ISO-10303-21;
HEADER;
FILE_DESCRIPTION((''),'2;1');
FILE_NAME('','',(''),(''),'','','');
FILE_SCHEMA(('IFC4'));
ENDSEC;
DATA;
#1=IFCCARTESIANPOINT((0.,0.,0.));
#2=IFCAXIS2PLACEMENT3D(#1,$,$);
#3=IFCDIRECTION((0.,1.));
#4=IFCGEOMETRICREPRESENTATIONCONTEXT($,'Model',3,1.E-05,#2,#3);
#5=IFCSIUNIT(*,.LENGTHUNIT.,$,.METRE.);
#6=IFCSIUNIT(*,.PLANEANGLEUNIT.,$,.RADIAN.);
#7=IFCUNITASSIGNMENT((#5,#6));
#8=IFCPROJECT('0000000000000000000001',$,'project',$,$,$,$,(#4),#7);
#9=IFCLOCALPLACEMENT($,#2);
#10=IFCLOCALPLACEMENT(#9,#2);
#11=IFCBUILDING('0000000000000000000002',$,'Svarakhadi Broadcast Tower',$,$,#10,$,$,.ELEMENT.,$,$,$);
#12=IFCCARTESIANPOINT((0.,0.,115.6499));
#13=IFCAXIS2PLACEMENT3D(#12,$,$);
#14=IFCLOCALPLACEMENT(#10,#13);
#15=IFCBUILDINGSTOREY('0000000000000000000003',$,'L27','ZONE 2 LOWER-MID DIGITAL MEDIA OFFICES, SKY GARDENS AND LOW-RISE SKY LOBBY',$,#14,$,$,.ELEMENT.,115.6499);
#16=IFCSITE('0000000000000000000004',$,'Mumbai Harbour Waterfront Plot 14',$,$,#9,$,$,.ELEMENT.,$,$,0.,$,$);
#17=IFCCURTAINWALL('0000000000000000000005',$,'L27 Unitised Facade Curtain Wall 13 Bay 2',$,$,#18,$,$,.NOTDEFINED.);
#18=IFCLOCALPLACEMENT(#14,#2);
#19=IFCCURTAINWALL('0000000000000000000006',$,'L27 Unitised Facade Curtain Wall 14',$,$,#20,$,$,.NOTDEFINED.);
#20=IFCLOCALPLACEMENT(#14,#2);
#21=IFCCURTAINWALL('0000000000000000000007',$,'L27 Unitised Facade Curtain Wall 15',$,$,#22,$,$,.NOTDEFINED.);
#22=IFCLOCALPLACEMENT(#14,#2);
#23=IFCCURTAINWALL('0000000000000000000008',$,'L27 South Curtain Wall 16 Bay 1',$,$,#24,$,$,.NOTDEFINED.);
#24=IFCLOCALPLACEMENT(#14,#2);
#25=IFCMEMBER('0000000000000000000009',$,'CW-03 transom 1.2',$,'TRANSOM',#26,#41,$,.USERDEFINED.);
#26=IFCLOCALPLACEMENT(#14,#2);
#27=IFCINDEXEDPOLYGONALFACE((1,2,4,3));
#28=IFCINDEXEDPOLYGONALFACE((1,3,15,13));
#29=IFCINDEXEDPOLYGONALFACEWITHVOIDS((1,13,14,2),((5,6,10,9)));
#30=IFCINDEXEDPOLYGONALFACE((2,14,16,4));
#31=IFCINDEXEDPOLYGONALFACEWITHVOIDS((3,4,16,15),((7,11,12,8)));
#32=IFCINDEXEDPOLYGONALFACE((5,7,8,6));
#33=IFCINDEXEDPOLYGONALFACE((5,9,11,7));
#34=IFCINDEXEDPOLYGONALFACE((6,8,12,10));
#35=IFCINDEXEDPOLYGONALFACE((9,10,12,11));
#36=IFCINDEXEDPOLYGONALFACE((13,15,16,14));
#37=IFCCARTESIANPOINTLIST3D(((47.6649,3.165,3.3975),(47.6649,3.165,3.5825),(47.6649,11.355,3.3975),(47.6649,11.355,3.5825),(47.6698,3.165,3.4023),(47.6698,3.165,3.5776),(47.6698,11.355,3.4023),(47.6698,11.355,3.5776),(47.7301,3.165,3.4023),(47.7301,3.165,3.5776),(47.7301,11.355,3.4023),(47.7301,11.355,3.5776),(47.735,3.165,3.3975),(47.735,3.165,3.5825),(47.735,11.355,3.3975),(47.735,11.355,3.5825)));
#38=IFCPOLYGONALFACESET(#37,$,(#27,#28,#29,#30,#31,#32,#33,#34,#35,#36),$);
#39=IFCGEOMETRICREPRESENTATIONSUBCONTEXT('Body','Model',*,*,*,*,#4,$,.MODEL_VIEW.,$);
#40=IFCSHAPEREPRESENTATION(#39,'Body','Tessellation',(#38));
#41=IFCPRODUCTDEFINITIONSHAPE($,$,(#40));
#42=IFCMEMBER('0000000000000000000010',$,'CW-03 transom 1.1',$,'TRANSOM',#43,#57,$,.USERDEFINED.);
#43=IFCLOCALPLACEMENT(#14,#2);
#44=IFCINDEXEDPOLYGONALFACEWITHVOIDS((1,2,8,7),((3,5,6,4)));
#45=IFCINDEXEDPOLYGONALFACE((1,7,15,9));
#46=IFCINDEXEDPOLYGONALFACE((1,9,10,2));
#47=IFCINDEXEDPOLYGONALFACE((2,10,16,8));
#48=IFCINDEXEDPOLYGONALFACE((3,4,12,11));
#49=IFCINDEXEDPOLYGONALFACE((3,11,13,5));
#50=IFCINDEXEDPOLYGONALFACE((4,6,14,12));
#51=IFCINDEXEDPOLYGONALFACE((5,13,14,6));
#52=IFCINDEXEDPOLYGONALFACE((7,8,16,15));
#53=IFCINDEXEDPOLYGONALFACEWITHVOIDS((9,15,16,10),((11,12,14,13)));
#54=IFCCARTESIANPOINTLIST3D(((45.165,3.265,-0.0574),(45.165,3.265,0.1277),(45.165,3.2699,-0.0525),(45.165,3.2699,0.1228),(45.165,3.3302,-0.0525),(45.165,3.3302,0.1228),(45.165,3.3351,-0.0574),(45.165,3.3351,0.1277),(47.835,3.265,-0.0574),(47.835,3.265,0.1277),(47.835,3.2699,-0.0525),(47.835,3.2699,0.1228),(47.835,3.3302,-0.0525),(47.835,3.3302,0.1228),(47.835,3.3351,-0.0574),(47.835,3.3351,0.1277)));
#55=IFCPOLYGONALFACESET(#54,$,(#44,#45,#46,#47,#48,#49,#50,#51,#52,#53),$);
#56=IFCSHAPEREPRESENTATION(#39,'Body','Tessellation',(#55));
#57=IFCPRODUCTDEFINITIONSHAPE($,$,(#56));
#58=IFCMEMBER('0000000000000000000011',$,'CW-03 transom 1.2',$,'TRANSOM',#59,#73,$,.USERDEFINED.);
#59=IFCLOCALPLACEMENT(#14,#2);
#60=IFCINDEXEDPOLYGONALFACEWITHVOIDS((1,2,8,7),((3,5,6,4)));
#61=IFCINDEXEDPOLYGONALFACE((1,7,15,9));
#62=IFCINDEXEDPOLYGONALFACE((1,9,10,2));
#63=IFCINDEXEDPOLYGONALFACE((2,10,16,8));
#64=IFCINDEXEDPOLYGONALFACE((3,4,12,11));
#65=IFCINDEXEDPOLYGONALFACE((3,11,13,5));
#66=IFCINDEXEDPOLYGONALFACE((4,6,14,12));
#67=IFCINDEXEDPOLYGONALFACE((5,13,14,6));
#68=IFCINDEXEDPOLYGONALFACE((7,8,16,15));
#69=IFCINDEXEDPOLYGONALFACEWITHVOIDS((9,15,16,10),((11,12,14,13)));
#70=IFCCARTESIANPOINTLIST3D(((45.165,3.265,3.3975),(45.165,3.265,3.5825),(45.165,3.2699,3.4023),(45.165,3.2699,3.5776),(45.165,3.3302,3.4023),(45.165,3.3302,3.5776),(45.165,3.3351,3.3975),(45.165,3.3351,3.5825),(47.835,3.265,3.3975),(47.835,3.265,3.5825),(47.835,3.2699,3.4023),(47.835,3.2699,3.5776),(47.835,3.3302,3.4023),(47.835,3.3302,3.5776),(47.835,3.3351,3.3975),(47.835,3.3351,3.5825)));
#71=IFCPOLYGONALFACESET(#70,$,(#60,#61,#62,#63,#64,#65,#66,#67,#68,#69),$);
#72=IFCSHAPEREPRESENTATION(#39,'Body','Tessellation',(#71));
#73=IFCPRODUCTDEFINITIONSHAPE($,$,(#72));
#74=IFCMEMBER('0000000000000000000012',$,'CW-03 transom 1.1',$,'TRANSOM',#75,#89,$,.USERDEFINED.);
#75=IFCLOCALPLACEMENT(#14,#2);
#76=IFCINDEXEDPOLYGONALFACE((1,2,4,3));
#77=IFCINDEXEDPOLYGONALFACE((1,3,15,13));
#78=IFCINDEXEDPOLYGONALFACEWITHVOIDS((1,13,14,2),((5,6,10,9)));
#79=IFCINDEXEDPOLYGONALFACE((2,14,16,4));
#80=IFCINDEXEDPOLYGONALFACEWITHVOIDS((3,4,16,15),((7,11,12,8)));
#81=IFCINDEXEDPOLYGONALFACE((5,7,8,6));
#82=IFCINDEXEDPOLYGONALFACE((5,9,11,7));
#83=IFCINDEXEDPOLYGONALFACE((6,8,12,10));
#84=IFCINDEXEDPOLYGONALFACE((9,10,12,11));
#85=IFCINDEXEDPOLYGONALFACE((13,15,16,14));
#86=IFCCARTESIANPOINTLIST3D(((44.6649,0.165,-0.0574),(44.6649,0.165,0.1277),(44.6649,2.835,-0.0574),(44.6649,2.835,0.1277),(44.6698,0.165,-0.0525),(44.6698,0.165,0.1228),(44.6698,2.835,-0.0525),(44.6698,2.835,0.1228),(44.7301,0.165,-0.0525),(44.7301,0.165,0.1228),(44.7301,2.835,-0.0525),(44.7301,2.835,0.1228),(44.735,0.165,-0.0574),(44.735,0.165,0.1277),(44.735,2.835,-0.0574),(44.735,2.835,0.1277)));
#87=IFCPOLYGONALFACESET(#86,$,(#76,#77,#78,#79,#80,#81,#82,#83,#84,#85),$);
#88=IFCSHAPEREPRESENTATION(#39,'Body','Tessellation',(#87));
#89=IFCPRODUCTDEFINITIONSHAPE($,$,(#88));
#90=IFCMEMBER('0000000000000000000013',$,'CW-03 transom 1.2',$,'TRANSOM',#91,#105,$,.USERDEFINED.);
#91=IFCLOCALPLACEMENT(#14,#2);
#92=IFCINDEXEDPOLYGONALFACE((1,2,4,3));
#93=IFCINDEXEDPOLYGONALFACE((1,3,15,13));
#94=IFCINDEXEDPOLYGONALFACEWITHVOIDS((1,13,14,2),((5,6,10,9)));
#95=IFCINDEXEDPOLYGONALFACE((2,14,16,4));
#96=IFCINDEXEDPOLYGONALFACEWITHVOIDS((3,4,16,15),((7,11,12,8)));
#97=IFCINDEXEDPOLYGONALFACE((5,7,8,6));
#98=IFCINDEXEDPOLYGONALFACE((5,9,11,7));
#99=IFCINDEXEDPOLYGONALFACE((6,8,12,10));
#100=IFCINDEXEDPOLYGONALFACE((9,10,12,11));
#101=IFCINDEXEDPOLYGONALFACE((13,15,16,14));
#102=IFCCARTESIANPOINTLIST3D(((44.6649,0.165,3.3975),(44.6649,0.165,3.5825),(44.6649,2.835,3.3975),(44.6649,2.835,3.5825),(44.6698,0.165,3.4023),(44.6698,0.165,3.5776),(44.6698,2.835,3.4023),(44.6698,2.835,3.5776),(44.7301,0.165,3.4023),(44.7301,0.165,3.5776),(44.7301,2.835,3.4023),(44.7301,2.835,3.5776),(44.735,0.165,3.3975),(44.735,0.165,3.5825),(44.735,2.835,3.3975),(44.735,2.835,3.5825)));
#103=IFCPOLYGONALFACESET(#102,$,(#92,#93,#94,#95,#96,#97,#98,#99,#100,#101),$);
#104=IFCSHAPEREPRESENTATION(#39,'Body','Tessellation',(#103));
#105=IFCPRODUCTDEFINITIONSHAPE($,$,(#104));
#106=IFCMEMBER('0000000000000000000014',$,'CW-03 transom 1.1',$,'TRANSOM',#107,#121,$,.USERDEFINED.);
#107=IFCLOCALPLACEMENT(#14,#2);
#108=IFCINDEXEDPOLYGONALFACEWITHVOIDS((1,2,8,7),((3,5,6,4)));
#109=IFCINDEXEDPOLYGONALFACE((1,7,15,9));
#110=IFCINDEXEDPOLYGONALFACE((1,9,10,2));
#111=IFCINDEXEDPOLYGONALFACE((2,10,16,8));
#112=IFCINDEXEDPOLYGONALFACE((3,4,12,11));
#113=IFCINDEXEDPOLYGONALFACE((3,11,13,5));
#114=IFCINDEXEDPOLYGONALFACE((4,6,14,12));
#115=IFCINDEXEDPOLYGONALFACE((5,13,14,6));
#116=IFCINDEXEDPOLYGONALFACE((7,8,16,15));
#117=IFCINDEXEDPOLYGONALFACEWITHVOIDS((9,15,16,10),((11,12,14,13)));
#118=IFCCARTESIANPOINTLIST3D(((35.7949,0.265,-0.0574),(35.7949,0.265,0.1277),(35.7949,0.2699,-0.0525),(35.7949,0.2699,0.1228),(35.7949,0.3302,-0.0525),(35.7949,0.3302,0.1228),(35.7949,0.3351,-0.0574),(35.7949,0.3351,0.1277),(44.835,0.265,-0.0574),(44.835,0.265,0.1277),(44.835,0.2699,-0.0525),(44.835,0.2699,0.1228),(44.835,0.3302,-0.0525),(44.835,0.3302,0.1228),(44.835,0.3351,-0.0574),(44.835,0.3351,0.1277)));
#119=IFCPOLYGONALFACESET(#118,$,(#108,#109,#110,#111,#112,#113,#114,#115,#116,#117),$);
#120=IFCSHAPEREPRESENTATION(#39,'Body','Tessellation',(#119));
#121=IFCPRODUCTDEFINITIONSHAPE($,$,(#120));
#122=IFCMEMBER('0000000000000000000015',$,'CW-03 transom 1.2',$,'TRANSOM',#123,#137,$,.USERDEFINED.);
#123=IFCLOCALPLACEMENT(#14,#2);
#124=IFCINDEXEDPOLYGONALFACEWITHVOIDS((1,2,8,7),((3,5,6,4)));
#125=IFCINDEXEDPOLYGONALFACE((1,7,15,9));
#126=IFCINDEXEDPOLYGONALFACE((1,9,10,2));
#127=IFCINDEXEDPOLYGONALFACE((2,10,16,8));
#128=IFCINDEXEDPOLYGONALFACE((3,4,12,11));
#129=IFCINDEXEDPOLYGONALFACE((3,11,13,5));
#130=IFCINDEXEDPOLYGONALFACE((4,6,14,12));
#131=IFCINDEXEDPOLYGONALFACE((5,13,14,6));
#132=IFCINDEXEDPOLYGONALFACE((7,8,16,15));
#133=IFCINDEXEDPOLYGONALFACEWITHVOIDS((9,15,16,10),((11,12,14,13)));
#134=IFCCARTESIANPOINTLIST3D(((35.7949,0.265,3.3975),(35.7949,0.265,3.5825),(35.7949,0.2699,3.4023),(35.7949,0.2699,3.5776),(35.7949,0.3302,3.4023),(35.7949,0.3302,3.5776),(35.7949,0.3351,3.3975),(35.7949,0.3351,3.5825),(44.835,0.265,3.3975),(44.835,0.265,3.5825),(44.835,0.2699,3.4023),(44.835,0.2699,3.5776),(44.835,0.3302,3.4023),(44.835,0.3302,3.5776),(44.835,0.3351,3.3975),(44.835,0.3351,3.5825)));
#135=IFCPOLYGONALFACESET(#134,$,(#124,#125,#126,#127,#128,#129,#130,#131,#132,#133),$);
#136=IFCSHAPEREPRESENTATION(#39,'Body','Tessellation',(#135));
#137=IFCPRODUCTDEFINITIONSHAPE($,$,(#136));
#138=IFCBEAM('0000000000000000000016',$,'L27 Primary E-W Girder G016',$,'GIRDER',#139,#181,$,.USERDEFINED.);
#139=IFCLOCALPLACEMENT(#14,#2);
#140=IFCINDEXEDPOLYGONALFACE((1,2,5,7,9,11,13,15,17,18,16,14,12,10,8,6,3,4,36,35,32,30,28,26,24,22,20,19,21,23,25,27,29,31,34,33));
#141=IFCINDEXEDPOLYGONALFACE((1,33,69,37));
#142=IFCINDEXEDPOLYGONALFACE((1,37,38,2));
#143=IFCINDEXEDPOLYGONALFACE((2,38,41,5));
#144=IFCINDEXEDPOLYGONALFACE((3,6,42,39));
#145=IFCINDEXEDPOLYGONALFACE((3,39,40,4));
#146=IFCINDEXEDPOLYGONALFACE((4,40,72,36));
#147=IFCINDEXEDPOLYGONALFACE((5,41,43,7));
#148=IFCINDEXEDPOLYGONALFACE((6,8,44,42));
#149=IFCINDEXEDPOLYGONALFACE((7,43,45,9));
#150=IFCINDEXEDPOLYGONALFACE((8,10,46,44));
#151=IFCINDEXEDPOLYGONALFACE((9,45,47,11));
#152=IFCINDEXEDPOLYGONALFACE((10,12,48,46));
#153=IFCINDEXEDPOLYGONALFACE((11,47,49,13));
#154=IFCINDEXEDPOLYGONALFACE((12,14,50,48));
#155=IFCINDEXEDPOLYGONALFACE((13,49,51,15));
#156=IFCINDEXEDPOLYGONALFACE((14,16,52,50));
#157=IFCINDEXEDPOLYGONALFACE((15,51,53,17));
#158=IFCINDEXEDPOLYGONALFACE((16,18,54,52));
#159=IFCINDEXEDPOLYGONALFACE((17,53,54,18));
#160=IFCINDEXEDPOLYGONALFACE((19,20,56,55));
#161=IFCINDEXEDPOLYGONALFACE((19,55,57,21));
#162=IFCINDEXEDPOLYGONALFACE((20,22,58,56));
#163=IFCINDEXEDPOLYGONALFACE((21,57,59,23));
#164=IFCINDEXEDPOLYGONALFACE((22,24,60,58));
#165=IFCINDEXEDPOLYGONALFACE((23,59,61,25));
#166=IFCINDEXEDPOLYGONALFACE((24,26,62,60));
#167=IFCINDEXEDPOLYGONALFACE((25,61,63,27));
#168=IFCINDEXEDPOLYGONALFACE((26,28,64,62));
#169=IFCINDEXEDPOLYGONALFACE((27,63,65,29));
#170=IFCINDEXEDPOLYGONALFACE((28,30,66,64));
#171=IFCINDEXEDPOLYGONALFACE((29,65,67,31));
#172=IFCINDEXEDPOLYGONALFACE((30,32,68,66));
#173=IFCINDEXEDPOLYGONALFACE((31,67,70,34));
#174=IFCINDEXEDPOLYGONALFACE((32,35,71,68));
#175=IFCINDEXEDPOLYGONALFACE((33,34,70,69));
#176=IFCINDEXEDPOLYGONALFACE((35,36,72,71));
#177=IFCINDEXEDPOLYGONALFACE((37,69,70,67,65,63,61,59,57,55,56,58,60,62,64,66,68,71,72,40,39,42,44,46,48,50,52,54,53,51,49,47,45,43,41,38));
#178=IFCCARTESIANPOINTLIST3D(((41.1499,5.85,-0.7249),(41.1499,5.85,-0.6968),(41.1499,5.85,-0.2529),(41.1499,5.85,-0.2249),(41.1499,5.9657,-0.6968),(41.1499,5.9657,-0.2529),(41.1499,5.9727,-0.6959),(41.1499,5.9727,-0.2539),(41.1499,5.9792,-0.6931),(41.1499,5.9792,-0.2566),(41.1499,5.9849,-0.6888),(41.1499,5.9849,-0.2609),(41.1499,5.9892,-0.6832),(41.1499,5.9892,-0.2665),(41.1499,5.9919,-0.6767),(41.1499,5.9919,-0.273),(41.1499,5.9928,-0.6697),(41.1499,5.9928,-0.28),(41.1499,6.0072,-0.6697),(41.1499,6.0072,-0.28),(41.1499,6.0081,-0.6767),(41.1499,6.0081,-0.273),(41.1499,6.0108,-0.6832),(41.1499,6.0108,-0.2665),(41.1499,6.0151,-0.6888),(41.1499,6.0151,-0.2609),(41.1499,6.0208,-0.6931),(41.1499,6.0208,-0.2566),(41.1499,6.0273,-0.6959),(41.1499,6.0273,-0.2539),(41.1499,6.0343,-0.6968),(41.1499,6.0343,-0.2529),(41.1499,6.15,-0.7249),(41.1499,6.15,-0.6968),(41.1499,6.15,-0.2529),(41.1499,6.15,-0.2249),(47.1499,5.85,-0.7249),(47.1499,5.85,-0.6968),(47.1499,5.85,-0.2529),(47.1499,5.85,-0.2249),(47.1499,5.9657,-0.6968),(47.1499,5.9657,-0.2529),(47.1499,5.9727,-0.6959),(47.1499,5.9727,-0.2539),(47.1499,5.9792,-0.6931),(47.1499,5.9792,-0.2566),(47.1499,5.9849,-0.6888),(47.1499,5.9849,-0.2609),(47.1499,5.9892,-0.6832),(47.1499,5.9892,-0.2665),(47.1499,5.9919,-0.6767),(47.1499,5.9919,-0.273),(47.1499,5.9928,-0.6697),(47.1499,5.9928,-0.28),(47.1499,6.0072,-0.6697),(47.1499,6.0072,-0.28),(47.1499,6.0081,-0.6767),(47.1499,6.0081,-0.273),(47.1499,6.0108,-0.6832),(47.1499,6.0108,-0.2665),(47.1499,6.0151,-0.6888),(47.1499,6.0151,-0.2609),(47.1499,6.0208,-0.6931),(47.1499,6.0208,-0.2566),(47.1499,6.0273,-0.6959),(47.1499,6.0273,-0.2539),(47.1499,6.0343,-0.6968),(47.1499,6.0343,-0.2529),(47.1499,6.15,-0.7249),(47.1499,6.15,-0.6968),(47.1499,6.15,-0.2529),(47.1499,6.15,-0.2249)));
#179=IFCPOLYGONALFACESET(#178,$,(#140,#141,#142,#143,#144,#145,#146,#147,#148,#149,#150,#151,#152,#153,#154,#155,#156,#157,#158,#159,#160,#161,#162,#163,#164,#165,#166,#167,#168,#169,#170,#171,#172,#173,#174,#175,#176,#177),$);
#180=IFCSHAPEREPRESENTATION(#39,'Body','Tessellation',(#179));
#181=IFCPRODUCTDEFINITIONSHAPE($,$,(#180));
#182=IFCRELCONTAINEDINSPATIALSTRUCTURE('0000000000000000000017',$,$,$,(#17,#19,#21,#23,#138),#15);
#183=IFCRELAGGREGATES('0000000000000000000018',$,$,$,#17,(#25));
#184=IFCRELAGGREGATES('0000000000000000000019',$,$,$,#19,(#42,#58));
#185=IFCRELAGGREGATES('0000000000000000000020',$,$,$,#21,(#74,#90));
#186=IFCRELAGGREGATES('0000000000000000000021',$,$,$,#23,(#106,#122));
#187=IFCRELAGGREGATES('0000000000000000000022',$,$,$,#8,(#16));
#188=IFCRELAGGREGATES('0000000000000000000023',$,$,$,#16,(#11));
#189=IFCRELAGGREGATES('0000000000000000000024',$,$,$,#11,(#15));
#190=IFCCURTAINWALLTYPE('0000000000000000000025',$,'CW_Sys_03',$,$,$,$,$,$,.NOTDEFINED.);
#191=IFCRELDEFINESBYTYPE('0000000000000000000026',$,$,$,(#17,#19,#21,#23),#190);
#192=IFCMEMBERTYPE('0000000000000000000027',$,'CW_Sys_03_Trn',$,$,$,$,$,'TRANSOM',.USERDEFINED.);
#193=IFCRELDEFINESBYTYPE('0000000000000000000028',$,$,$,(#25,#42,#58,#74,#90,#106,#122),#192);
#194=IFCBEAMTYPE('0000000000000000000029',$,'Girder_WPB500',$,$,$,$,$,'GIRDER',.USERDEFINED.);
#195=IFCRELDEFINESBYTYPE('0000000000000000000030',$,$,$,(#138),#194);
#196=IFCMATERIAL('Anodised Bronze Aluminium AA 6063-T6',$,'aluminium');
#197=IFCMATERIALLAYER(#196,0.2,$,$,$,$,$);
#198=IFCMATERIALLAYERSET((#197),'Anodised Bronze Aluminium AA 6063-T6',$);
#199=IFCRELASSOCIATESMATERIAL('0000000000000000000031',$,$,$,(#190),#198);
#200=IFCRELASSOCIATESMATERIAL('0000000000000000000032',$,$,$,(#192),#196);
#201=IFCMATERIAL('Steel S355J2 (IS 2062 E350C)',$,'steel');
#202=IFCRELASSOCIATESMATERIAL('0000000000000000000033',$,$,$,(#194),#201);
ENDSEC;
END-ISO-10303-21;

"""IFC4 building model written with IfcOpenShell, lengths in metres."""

from ifc_helpers import new_model, si_unit, direction, frame, origin, origin_2d, place, context, subcontext, project, spatial, hollow_rectangle, i_section, extrude, material, layer, layer_set, material_profile, profile_set, type_object, element, aggregate, save


model = new_model("IFC4")

# Units and contexts
model_context = context("Model", 3, precision=1e-05, world=origin(), true_north=direction((0.0, 1.0)))
body_context = subcontext(model_context, "Body", "Model", "MODEL_VIEW")
ifc_project = project(units=[si_unit("LENGTHUNIT", "METRE"), si_unit("PLANEANGLEUNIT", "RADIAN")], contexts=[model_context])

# Site, building, storey
site_placement = place(None, origin())
site = spatial("IfcSite", under=ifc_project, at=site_placement, Name="Mumbai Harbour Waterfront Plot 14", CompositionType="ELEMENT", RefElevation=0.0)
building_placement = place(site_placement, origin())
building = spatial("IfcBuilding", under=site, at=building_placement, Name="Svarakhadi Broadcast Tower", CompositionType="ELEMENT")
storey_placement = place(building_placement, frame((0.0, 0.0, 115.6499)))
storey = spatial("IfcBuildingStorey", under=building, at=storey_placement, Name="L27", Description="ZONE 2 LOWER-MID DIGITAL MEDIA OFFICES, SKY GARDENS AND LOW-RISE SKY LOBBY", CompositionType="ELEMENT", Elevation=115.6499)

# Shared definitions
ifc_material_1 = material(Name="Steel S355J2 (IS 2062 E350C)", Category="steel")

# Curtain walls
ifc_material_2 = material(Name="Anodised Bronze Aluminium AA 6063-T6", Category="aluminium")
ifc_layer_1 = layer(ifc_material_2, 0.2)
ifc_layer_set_1 = layer_set([ifc_layer_1], Name="Anodised Bronze Aluminium AA 6063-T6")
curtain_wall_type = type_object("IfcCurtainWallType", Name="CW_Sys_03", PredefinedType="NOTDEFINED", material=ifc_layer_set_1)
curtain_wall_1_placement = place(storey_placement, origin())
curtain_wall_1 = element("IfcCurtainWall", 1, at=curtain_wall_1_placement, inside=storey, type_object=curtain_wall_type, Name="L27 Unitised Facade Curtain Wall 13 Bay 2", PredefinedType="NOTDEFINED")
curtain_wall_2_placement = place(storey_placement, origin())
curtain_wall_2 = element("IfcCurtainWall", 2, at=curtain_wall_2_placement, inside=storey, type_object=curtain_wall_type, Name="L27 Unitised Facade Curtain Wall 14", PredefinedType="NOTDEFINED")
curtain_wall_3_placement = place(storey_placement, origin())
curtain_wall_3 = element("IfcCurtainWall", 3, at=curtain_wall_3_placement, inside=storey, type_object=curtain_wall_type, Name="L27 Unitised Facade Curtain Wall 15", PredefinedType="NOTDEFINED")

# Curtain wall
curtain_wall_4_placement = place(storey_placement, origin())
curtain_wall_4 = element("IfcCurtainWall", 4, at=curtain_wall_4_placement, inside=storey, type_object=curtain_wall_type, Name="L27 South Curtain Wall 16 Bay 1", PredefinedType="NOTDEFINED")

# Members
ifc_material_profile_1 = material_profile(ifc_material_2, hollow_rectangle(XDim=0.0701, YDim=0.1851, WallThickness=0.0049, at=origin_2d()), Name="ALU TRANSOM 185x70x5")
ifc_profile_set_1 = profile_set([ifc_material_profile_1], Name="Anodised Bronze Aluminium AA 6063-T6")
member_type_1 = type_object("IfcMemberType", Name="CW_Sys_03_Trn", ElementType="TRANSOM", PredefinedType="USERDEFINED", material=ifc_profile_set_1)
member_1_placement = place(storey_placement, frame((47.7, 11.355, 3.49), z_axis=(0.0, -1.0, 0.0), x_axis=(1.0, 0.0, 0.0)))
member_1 = element("IfcMember", 5, at=member_1_placement, type_object=member_type_1, Name="CW-03 transom 1.2", ObjectType="TRANSOM", PredefinedType="USERDEFINED", context=body_context, shape_type="SweptSolid", body=[
    extrude(hollow_rectangle(XDim=0.0701, YDim=0.1851, WallThickness=0.0049, at=origin_2d()), origin(), (0.0, 0.0, 1.0), 8.1899),
])
member_2_placement = place(storey_placement, frame((47.835, 3.3, 0.0352), z_axis=(-1.0, 0.0, 0.0), x_axis=(0.0, -1.0, 0.0)))
member_2 = element("IfcMember", 6, at=member_2_placement, type_object=member_type_1, Name="CW-03 transom 1.1", ObjectType="TRANSOM", PredefinedType="USERDEFINED", context=body_context, shape_type="SweptSolid", body=[
    extrude(hollow_rectangle(XDim=0.0701, YDim=0.1851, WallThickness=0.0049, at=origin_2d()), origin(), (0.0, 0.0, 1.0), 2.6699),
])
member_3_placement = place(storey_placement, frame((47.835, 3.3, 3.49), z_axis=(-1.0, 0.0, 0.0), x_axis=(0.0, -1.0, 0.0)))
member_3 = element("IfcMember", 7, at=member_3_placement, type_object=member_type_1, Name="CW-03 transom 1.2", ObjectType="TRANSOM", PredefinedType="USERDEFINED", context=body_context, shape_type="SweptSolid", body=[
    extrude(hollow_rectangle(XDim=0.0701, YDim=0.1851, WallThickness=0.0049, at=origin_2d()), origin(), (0.0, 0.0, 1.0), 2.6699),
])
member_4_placement = place(storey_placement, frame((44.7, 2.835, 0.0352), z_axis=(0.0, -1.0, 0.0), x_axis=(1.0, 0.0, 0.0)))
member_4 = element("IfcMember", 8, at=member_4_placement, type_object=member_type_1, Name="CW-03 transom 1.1", ObjectType="TRANSOM", PredefinedType="USERDEFINED", context=body_context, shape_type="SweptSolid", body=[
    extrude(hollow_rectangle(XDim=0.0701, YDim=0.1851, WallThickness=0.0049, at=origin_2d()), origin(), (0.0, 0.0, 1.0), 2.6699),
])
member_5_placement = place(storey_placement, frame((44.7, 2.835, 3.49), z_axis=(0.0, -1.0, 0.0), x_axis=(1.0, 0.0, 0.0)))
member_5 = element("IfcMember", 9, at=member_5_placement, type_object=member_type_1, Name="CW-03 transom 1.2", ObjectType="TRANSOM", PredefinedType="USERDEFINED", context=body_context, shape_type="SweptSolid", body=[
    extrude(hollow_rectangle(XDim=0.0701, YDim=0.1851, WallThickness=0.0049, at=origin_2d()), origin(), (0.0, 0.0, 1.0), 2.6699),
])
member_6_placement = place(storey_placement, frame((44.835, 0.3, 0.0352), z_axis=(-1.0, 0.0, 0.0), x_axis=(0.0, -1.0, 0.0)))
member_6 = element("IfcMember", 10, at=member_6_placement, type_object=member_type_1, Name="CW-03 transom 1.1", ObjectType="TRANSOM", PredefinedType="USERDEFINED", context=body_context, shape_type="SweptSolid", body=[
    extrude(hollow_rectangle(XDim=0.0701, YDim=0.1851, WallThickness=0.0049, at=origin_2d()), origin(), (0.0, 0.0, 1.0), 9.04),
])
member_7_placement = place(storey_placement, frame((44.835, 0.3, 3.49), z_axis=(-1.0, 0.0, 0.0), x_axis=(0.0, -1.0, 0.0)))
member_7 = element("IfcMember", 11, at=member_7_placement, type_object=member_type_1, Name="CW-03 transom 1.2", ObjectType="TRANSOM", PredefinedType="USERDEFINED", context=body_context, shape_type="SweptSolid", body=[
    extrude(hollow_rectangle(XDim=0.0701, YDim=0.1851, WallThickness=0.0049, at=origin_2d()), origin(), (0.0, 0.0, 1.0), 9.04),
])

# Beam
ifc_material_profile_2 = material_profile(ifc_material_1, i_section(OverallWidth=0.3, OverallDepth=0.5, WebThickness=0.0144, FlangeThickness=0.0281, FilletRadius=0.0271, at=origin_2d()), Name="WPB 500x300x187")
ifc_profile_set_2 = profile_set([ifc_material_profile_2], Name="Steel S355J2 (IS 2062 E350C)")
beam_type_1 = type_object("IfcBeamType", Name="Girder_WPB500", ElementType="GIRDER", PredefinedType="USERDEFINED", material=ifc_profile_set_2)
beam_1_placement = place(storey_placement, frame((41.1499, 6.0, -0.4749), z_axis=(1.0, 0.0, 0.0), x_axis=(0.0, 1.0, 0.0)))
element("IfcBeam", 12, at=beam_1_placement, inside=storey, type_object=beam_type_1, Name="L27 Primary E-W Girder G016", ObjectType="GIRDER", PredefinedType="USERDEFINED", context=body_context, shape_type="SweptSolid", body=[
    extrude(i_section(OverallWidth=0.3, OverallDepth=0.5, WebThickness=0.0144, FlangeThickness=0.0281, FilletRadius=0.0271, at=origin_2d()), origin(), (0.0, 0.0, 1.0), 6.0),
])

aggregate(curtain_wall_1, [member_1])
aggregate(curtain_wall_2, [member_2, member_3])
aggregate(curtain_wall_3, [member_4, member_5])
aggregate(curtain_wall_4, [member_6, member_7])

save(model, "model.ifc")
